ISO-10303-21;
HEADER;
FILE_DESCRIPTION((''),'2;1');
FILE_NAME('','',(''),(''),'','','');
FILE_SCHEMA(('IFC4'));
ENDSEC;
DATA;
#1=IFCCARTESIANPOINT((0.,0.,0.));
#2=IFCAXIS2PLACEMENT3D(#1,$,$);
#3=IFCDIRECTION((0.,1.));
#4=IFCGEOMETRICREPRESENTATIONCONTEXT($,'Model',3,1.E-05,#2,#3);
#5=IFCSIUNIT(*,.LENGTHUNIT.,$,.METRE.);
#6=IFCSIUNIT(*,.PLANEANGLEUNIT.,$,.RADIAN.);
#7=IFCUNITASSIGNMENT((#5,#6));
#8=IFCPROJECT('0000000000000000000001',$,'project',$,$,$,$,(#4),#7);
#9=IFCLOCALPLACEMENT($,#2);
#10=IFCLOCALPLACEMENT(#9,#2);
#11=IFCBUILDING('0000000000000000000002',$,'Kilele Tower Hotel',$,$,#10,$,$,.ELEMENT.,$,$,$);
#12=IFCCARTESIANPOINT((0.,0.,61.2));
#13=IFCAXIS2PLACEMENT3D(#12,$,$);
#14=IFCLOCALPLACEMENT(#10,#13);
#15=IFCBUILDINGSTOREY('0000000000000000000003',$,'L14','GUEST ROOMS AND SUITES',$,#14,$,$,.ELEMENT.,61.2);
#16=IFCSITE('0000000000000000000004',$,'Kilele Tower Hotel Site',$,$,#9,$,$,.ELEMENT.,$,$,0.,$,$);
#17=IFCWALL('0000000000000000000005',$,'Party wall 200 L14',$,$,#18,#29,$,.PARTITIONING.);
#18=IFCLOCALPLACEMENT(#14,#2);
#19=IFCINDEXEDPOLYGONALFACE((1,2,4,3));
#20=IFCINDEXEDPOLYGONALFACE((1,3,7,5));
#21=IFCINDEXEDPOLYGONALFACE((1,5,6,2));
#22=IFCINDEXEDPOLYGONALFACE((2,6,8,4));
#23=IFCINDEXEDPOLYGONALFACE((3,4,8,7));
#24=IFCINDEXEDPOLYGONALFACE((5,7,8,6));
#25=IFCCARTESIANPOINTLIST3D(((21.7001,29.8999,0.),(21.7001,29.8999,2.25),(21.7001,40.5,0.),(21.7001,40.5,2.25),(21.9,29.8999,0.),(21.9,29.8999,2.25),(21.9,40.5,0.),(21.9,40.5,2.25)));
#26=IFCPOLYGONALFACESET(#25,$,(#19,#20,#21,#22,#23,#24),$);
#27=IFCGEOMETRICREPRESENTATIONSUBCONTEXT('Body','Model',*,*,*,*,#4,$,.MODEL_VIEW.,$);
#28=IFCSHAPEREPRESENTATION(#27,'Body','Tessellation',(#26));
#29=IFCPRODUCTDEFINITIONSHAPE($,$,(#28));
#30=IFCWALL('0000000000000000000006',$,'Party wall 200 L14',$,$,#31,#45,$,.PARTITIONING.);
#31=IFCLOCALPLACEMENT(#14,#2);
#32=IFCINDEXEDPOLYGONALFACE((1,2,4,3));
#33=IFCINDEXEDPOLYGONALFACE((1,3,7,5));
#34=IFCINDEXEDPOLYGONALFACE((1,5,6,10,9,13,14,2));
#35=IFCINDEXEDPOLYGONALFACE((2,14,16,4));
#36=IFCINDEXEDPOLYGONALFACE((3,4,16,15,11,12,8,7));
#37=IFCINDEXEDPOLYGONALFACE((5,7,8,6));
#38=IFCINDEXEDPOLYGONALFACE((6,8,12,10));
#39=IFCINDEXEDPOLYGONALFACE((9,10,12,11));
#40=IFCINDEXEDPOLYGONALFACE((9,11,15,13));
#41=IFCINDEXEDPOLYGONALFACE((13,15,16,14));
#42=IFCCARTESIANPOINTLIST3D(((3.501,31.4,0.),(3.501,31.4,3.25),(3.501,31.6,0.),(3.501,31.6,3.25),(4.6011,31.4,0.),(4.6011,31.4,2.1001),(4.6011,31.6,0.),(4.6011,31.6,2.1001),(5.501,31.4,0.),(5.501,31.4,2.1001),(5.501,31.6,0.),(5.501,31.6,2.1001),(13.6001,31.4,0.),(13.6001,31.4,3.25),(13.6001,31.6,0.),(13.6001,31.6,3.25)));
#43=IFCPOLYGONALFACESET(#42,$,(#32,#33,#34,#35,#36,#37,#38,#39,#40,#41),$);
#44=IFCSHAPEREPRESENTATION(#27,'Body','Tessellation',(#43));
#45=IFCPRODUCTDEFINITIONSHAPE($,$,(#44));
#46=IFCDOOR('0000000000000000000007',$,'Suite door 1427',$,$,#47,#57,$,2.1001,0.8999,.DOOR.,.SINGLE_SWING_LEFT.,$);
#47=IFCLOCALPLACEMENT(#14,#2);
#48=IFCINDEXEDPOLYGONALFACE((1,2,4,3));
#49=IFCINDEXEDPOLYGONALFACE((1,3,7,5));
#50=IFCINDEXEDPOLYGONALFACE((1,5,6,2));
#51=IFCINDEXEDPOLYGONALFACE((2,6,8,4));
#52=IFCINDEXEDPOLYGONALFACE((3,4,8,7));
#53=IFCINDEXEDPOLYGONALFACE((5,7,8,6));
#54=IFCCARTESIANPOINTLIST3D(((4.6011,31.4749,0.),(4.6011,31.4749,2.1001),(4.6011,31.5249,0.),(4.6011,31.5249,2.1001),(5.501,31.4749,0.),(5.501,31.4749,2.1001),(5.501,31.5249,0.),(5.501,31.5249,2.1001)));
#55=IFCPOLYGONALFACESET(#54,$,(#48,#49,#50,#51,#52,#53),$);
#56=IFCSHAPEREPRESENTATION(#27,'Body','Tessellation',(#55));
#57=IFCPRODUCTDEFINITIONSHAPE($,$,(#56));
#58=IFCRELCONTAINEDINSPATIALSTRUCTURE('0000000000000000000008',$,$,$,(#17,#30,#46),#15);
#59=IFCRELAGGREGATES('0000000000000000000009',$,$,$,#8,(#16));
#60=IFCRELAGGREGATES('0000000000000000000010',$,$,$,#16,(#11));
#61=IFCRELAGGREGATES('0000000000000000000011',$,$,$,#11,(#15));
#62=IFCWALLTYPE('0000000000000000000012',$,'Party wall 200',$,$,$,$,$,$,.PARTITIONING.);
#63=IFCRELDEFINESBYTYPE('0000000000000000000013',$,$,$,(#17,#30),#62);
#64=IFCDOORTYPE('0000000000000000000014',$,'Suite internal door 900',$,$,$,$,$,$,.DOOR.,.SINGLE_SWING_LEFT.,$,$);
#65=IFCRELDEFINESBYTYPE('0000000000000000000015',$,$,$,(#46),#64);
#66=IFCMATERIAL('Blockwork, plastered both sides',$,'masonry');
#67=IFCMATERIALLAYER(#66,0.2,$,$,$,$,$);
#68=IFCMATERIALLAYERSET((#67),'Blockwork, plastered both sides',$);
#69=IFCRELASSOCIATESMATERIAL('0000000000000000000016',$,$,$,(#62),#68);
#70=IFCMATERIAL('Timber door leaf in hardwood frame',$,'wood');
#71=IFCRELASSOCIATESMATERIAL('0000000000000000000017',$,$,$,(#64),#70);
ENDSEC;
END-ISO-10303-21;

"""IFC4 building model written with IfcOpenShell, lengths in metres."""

from ifc_helpers import new_model, si_unit, direction, frame, frame_2d, origin, place, context, subcontext, project, spatial, rectangle, extrude, material, layer, layer_set, type_object, element, fill, save


model = new_model("IFC4")

# Units and contexts
model_context = context("Model", 3, precision=1e-05, world=origin(), true_north=direction((0.0, 1.0)))
body_context = subcontext(model_context, "Body", "Model", "MODEL_VIEW")
ifc_project = project(units=[si_unit("LENGTHUNIT", "METRE"), si_unit("PLANEANGLEUNIT", "RADIAN")], contexts=[model_context])

# Site, building, storey
site_placement = place(None, origin())
site = spatial("IfcSite", under=ifc_project, at=site_placement, Name="Kilele Tower Hotel Site", CompositionType="ELEMENT", RefElevation=0.0)
building_placement = place(site_placement, origin())
building = spatial("IfcBuilding", under=site, at=building_placement, Name="Kilele Tower Hotel", CompositionType="ELEMENT")
storey_placement = place(building_placement, frame((0.0, 0.0, 61.2)))
storey = spatial("IfcBuildingStorey", under=building, at=storey_placement, Name="L14", Description="GUEST ROOMS AND SUITES", CompositionType="ELEMENT", Elevation=61.2)

# Wall
ifc_material_1 = material(Name="Blockwork, plastered both sides", Category="masonry")
ifc_layer_1 = layer(ifc_material_1, 0.2)
ifc_layer_set_1 = layer_set([ifc_layer_1], Name="Blockwork, plastered both sides")
wall_type_1 = type_object("IfcWallType", Name="Party wall 200", PredefinedType="PARTITIONING", material=ifc_layer_set_1)
wall_1_placement = place(storey_placement, frame((21.8, 29.8999, 0.0), z_axis=(0.0, 0.0, 1.0), x_axis=(0.0, 1.0, 0.0)))
element("IfcWall", 1, at=wall_1_placement, inside=storey, type_object=wall_type_1, Name="Party wall 200 L14", PredefinedType="PARTITIONING", context=body_context, shape_type="SweptSolid", body=[
    extrude(rectangle(XDim=10.6001, YDim=0.2, at=frame_2d((5.3, 0.0))), origin(), (0.0, 0.0, 1.0), 2.25),
])

# Wall, opening, door
wall_2_placement = place(storey_placement, frame((13.6001, 31.5, 0.0), z_axis=(0.0, 0.0, 1.0), x_axis=(-1.0, 0.0, 0.0)))
wall_2 = element("IfcWall", 2, at=wall_2_placement, inside=storey, type_object=wall_type_1, Name="Party wall 200 L14", PredefinedType="PARTITIONING", context=body_context, shape_type="SweptSolid", body=[
    extrude(rectangle(XDim=10.0991, YDim=0.2, at=frame_2d((5.0496, 0.0))), origin(), (0.0, 0.0, 1.0), 3.25),
])
opening_1_placement = place(wall_2_placement, frame((8.999, 0.0, 0.0), z_axis=(0.0, 0.0, 1.0), x_axis=(-1.0, 0.0, 0.0)))
opening_1 = element("IfcOpeningElement", 3, at=opening_1_placement, cuts=wall_2, PredefinedType="OPENING", context=body_context, shape_type="SweptSolid", body=[
    extrude(rectangle(XDim=0.8999, YDim=2.1001, at=frame_2d((0.45, 1.05))), frame((0.0, 0.1099, 0.0), z_axis=(0.0, -1.0, 0.0), x_axis=(1.0, 0.0, 0.0)), (0.0, 0.0, 1.0), 0.22),
])
ifc_material_2 = material(Name="Timber door leaf in hardwood frame", Category="wood")
door_type_1 = type_object("IfcDoorType", Name="Suite internal door 900", OperationType="SINGLE_SWING_LEFT", PredefinedType="DOOR", material=ifc_material_2)
door_1_placement = place(opening_1_placement, origin())
door_1 = element("IfcDoor", 4, at=door_1_placement, inside=storey, type_object=door_type_1, Name="Suite door 1427", OperationType="SINGLE_SWING_LEFT", OverallHeight=2.1001, OverallWidth=0.8999, PredefinedType="DOOR", context=body_context, shape_type="SweptSolid", body=[
    extrude(rectangle(XDim=0.8999, YDim=2.1001, at=frame_2d((0.45, 1.05))), frame((0.0, 0.0249, 0.0), z_axis=(0.0, -1.0, 0.0), x_axis=(1.0, 0.0, 0.0)), (0.0, 0.0, 1.0), 0.05),
])
fill(opening_1, door_1)

save(model, "model.ifc")
